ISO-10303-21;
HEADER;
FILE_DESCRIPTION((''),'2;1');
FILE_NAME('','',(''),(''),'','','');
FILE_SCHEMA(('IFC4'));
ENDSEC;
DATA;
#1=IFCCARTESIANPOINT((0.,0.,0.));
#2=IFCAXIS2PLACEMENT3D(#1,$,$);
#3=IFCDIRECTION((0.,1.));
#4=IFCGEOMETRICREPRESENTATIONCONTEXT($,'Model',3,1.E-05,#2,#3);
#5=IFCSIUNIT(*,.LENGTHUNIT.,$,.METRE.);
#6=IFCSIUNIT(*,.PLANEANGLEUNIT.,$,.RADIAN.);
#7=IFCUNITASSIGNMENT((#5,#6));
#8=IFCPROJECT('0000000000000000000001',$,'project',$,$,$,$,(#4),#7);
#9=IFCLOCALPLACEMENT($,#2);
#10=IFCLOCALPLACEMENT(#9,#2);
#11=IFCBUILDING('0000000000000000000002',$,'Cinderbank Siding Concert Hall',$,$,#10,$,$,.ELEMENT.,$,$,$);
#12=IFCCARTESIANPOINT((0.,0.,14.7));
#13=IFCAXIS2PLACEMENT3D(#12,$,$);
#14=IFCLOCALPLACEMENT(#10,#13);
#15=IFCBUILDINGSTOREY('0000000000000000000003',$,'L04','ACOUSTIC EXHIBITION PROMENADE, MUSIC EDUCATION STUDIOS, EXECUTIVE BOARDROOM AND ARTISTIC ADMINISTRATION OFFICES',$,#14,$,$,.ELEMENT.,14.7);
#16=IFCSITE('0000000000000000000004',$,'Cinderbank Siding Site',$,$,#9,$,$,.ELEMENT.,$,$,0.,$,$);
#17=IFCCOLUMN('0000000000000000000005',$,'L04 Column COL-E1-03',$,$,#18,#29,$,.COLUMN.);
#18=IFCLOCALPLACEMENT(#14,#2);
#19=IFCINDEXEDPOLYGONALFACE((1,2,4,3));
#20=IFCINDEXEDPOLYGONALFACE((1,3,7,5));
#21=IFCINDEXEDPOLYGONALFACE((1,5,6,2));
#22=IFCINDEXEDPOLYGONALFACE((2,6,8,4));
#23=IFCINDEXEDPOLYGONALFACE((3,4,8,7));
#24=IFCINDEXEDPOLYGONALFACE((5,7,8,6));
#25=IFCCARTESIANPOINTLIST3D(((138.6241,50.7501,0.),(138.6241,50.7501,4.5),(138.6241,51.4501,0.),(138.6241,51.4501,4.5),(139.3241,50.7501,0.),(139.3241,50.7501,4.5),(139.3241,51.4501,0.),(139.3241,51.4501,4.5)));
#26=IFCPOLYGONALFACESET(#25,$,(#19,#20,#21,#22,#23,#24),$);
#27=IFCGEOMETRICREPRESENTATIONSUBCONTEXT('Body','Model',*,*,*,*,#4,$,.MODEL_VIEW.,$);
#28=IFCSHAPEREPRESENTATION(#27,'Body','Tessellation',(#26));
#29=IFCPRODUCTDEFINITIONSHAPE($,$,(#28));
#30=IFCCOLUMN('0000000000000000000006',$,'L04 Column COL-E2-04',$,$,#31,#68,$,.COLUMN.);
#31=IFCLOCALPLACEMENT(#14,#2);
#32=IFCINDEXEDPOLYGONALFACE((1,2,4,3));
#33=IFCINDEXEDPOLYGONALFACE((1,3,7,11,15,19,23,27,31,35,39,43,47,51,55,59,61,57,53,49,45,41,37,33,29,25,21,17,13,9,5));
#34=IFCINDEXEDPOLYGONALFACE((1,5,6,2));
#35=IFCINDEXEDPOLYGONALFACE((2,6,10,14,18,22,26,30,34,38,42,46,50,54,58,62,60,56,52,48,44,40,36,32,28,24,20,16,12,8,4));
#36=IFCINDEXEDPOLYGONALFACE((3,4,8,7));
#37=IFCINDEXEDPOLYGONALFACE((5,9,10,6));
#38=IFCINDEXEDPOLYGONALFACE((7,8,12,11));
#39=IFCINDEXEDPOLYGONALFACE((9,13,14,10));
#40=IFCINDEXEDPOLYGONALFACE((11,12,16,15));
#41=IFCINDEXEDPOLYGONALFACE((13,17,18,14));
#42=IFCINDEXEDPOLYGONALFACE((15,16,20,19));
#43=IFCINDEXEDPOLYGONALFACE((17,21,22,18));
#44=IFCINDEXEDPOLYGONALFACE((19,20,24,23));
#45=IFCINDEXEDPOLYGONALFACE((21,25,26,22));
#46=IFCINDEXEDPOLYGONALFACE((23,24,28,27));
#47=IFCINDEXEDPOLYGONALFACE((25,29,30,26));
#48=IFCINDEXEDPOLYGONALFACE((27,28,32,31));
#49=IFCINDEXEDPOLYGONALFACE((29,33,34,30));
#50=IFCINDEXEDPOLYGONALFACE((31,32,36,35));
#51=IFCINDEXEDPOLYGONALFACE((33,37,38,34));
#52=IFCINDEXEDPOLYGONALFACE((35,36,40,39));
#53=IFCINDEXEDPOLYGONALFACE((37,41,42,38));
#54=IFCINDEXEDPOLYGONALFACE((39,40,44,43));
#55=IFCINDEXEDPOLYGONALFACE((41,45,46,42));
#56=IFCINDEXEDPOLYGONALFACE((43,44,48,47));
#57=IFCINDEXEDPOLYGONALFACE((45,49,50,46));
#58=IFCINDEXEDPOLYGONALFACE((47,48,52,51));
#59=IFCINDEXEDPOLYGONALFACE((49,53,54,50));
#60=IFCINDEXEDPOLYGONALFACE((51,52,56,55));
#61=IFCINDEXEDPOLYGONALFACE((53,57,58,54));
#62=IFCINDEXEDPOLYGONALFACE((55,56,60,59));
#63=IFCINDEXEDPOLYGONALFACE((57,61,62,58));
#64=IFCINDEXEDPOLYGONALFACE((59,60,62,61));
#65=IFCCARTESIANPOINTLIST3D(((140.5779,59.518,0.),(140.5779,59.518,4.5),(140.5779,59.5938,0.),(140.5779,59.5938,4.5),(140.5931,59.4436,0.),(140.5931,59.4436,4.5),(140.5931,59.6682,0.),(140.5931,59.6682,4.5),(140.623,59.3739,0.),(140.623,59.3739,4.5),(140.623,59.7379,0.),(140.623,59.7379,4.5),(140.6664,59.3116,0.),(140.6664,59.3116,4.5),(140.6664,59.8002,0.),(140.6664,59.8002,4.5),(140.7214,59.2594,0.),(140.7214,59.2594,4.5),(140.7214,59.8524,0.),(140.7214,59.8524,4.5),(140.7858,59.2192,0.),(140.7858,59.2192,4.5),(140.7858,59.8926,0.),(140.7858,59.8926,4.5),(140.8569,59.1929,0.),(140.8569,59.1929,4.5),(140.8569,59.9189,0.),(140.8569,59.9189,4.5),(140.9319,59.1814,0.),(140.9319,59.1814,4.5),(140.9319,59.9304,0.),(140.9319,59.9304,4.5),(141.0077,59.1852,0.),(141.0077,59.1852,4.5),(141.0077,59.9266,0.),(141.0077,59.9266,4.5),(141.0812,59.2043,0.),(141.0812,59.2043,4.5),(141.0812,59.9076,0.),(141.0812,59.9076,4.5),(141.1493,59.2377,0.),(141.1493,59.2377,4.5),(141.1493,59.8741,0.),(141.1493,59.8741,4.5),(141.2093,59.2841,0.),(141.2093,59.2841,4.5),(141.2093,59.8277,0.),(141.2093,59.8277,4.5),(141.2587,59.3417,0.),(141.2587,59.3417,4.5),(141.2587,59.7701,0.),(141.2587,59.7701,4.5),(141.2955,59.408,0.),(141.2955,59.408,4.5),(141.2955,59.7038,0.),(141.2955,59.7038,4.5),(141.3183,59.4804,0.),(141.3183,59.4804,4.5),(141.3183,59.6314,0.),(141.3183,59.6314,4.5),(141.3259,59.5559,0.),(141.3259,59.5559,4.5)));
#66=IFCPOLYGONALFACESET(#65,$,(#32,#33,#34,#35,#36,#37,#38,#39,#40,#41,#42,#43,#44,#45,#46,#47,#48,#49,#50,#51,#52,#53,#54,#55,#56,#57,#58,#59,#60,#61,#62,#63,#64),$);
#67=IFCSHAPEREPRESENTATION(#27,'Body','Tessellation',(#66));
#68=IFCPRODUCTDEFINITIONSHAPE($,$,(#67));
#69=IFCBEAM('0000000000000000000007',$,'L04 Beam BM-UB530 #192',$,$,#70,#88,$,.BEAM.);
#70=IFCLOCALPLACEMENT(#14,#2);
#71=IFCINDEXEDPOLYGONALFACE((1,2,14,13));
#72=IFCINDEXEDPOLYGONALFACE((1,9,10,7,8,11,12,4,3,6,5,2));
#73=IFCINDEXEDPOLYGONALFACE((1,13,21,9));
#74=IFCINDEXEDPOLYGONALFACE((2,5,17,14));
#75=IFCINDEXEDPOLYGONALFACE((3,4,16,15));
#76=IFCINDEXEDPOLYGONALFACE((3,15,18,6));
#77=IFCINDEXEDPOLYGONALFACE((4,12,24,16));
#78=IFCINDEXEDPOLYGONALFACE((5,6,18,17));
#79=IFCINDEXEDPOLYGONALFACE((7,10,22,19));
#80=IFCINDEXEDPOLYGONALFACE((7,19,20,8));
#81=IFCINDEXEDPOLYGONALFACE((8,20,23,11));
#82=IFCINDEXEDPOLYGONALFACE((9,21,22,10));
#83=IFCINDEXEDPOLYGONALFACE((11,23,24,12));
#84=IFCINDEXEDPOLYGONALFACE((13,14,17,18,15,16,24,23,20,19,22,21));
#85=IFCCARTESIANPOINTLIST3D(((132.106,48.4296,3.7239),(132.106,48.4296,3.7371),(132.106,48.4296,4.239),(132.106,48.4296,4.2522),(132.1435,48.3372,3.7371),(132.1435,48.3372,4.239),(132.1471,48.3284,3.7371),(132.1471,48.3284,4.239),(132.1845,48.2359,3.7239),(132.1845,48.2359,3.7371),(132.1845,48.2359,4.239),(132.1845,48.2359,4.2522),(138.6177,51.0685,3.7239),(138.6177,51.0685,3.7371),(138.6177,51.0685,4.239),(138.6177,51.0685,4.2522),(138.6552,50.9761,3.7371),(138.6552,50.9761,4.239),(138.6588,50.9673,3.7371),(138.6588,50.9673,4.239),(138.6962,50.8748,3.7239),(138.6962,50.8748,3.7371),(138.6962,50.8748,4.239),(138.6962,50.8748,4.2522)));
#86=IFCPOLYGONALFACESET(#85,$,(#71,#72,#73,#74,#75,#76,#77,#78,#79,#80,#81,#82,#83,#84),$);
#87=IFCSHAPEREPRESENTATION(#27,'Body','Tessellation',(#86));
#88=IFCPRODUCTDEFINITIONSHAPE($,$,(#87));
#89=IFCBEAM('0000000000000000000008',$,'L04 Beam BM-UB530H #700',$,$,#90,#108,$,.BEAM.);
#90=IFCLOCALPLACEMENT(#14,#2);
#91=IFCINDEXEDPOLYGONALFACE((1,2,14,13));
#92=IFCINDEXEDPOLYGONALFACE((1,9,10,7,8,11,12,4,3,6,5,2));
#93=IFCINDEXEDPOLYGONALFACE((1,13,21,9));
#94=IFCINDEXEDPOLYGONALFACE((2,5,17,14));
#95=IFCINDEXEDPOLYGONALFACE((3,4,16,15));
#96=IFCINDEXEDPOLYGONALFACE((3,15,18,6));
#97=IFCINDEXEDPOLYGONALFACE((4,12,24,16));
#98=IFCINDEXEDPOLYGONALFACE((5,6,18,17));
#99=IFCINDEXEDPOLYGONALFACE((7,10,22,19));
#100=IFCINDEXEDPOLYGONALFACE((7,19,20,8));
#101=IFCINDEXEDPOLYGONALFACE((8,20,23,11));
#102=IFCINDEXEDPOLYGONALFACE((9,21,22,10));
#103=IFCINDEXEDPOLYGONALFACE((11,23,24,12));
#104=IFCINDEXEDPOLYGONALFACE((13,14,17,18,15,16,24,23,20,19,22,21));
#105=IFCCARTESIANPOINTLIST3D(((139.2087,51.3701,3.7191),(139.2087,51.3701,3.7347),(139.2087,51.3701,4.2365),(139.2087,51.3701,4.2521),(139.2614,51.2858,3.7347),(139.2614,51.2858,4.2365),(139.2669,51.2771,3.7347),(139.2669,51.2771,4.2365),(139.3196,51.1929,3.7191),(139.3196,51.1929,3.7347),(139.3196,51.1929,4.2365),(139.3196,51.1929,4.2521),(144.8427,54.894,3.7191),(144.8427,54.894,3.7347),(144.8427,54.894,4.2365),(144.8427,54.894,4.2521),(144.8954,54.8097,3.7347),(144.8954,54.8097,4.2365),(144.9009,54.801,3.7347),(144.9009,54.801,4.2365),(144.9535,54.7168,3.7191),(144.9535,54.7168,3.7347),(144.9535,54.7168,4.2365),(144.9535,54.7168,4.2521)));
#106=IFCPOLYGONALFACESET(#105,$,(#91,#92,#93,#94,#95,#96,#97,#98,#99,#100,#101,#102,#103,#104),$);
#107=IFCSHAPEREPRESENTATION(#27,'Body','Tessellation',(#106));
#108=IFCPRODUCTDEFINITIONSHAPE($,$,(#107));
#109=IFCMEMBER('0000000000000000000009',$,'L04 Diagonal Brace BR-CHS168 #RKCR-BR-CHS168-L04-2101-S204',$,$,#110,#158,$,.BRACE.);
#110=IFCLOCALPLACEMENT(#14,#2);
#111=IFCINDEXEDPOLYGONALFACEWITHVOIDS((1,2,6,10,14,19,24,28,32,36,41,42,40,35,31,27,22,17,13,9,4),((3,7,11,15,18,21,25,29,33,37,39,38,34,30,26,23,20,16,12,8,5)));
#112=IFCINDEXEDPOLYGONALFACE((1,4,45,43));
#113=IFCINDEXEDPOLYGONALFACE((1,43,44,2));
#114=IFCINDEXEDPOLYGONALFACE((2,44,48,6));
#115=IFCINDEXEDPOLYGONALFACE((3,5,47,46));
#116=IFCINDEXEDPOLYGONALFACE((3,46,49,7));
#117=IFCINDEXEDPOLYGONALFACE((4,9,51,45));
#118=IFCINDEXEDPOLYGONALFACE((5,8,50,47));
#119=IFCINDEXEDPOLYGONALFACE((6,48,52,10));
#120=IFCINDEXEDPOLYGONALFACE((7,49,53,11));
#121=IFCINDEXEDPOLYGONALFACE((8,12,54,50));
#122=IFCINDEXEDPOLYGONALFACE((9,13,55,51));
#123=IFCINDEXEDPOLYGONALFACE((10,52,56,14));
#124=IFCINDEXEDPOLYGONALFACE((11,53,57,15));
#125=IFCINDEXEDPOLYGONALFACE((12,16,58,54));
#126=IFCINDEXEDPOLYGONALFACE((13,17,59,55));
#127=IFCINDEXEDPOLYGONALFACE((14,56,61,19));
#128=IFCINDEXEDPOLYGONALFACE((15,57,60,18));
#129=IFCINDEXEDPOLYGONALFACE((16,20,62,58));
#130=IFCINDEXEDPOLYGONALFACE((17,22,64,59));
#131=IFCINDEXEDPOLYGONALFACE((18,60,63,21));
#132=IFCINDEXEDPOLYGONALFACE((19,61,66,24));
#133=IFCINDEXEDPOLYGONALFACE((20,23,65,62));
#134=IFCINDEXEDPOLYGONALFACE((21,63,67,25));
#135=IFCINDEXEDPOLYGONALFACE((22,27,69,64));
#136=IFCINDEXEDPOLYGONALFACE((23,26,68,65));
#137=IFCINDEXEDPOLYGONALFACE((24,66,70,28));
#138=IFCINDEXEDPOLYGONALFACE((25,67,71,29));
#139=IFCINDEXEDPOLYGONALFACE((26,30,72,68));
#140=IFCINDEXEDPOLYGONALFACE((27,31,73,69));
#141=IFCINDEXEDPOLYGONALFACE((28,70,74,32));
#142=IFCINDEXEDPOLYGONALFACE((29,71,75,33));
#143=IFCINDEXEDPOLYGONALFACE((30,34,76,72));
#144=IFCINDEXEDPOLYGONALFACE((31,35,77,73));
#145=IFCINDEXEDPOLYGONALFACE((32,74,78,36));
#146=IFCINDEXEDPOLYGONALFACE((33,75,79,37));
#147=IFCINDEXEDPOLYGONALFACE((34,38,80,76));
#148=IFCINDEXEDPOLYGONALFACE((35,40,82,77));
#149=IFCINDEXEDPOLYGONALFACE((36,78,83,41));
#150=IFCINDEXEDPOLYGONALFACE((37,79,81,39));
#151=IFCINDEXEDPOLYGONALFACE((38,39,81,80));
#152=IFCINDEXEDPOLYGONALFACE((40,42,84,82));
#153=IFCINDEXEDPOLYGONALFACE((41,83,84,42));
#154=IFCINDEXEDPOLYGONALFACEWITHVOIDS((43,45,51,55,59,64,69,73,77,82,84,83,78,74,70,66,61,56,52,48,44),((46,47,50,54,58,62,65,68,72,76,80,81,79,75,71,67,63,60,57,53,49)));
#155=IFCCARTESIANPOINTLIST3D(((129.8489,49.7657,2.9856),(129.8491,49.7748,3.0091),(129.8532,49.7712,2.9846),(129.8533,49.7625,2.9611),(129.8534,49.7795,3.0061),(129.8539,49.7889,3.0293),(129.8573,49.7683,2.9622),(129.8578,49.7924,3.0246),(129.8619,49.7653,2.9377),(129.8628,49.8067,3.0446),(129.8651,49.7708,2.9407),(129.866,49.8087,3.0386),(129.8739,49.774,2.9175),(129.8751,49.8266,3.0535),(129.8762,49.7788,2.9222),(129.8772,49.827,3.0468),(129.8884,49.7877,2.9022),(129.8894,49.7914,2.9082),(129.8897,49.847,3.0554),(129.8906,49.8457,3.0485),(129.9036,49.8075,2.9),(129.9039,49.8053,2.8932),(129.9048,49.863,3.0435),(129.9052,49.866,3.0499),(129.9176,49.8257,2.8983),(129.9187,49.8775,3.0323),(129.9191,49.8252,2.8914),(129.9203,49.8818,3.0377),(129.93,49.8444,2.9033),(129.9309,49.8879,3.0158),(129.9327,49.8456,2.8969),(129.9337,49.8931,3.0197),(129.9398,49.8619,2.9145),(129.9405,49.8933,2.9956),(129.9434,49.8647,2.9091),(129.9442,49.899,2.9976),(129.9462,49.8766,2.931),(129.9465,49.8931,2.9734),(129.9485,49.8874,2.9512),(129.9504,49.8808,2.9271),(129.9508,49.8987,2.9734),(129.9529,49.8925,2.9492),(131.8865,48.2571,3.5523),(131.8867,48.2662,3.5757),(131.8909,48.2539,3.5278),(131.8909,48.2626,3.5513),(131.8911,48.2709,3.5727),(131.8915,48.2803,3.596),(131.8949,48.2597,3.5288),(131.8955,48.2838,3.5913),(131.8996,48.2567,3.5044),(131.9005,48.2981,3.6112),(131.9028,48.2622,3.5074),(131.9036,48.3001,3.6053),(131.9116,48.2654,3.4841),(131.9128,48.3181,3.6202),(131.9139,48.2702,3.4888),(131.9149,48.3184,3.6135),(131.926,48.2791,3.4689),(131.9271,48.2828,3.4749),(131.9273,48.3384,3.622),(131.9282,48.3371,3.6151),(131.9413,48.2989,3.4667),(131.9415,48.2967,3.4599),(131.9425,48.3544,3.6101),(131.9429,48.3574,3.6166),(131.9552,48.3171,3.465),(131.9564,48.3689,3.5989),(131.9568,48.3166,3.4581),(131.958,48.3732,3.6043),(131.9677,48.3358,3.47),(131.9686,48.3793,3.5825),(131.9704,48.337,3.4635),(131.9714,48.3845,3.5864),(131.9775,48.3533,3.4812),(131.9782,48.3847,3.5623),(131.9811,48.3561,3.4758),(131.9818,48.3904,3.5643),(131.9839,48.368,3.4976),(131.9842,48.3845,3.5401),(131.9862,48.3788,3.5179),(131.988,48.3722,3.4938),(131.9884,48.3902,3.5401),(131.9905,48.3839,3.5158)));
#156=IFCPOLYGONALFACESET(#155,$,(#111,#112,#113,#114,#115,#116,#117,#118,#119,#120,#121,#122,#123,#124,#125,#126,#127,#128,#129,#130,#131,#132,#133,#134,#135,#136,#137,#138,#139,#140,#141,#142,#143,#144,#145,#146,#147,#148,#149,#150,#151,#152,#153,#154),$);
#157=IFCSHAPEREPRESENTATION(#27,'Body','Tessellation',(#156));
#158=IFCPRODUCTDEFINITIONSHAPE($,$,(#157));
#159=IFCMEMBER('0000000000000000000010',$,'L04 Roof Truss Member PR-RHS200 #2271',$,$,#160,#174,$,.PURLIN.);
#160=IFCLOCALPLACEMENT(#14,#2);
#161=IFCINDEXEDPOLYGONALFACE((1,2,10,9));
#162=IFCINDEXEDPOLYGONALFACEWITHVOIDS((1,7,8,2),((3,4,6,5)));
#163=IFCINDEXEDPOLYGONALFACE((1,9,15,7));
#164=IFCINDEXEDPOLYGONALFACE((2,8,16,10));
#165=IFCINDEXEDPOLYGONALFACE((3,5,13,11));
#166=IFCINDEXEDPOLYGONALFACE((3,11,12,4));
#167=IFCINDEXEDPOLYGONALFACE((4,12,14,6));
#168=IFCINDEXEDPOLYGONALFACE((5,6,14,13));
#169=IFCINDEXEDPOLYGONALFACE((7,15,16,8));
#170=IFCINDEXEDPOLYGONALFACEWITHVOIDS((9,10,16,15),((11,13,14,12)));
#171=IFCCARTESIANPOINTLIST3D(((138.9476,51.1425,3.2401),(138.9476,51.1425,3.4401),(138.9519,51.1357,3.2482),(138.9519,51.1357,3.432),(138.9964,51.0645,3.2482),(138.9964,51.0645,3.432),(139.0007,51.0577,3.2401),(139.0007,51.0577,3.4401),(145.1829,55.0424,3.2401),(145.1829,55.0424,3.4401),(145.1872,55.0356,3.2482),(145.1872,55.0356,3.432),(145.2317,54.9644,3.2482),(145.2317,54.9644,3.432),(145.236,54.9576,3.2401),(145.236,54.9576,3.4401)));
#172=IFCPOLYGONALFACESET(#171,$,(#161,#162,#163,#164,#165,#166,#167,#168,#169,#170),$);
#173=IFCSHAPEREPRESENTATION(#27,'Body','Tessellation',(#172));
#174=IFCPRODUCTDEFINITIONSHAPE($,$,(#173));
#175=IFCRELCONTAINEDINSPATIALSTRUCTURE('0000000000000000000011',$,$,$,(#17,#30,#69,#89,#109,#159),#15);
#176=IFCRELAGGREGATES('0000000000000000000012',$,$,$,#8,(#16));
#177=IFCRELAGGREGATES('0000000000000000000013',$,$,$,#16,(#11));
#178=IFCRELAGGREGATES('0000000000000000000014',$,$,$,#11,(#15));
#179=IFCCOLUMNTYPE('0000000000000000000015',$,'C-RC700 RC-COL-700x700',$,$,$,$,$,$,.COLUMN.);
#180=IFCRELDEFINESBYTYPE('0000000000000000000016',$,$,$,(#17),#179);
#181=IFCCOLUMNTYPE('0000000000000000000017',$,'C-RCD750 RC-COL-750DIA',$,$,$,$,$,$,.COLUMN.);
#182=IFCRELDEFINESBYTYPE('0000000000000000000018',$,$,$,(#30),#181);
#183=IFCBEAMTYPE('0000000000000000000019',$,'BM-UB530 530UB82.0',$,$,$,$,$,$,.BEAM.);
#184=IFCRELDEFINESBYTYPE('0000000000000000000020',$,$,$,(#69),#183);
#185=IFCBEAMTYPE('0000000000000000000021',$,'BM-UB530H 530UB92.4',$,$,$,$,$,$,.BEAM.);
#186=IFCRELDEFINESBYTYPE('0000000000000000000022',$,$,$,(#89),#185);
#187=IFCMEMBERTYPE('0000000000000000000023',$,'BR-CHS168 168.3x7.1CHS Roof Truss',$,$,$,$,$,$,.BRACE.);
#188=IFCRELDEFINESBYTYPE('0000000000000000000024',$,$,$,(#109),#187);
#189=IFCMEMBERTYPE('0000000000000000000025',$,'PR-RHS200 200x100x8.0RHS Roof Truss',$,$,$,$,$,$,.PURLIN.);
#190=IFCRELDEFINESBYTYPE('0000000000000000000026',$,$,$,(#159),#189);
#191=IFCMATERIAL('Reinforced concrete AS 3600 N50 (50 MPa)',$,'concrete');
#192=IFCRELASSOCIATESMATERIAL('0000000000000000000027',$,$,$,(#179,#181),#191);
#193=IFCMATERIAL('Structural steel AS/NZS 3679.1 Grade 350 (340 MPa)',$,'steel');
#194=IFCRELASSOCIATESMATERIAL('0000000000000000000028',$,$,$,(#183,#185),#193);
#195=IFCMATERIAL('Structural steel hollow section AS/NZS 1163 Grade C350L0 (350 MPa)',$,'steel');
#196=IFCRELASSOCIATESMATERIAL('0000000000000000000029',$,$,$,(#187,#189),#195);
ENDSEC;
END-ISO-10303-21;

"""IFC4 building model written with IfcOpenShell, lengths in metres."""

from ifc_helpers import new_model, si_unit, direction, frame, origin, origin_2d, place, context, subcontext, project, spatial, rectangle, hollow_rectangle, circle, hollow_circle, i_section, extrude, material, material_profile, profile_set, type_object, element, save


model = new_model("IFC4")

# Units and contexts
model_context = context("Model", 3, precision=1e-05, world=origin(), true_north=direction((0.0, 1.0)))
body_context = subcontext(model_context, "Body", "Model", "MODEL_VIEW")
ifc_project = project(units=[si_unit("LENGTHUNIT", "METRE"), si_unit("PLANEANGLEUNIT", "RADIAN")], contexts=[model_context])

# Site, building, storey
site_placement = place(None, origin())
site = spatial("IfcSite", under=ifc_project, at=site_placement, Name="Cinderbank Siding Site", CompositionType="ELEMENT", RefElevation=0.0)
building_placement = place(site_placement, origin())
building = spatial("IfcBuilding", under=site, at=building_placement, Name="Cinderbank Siding Concert Hall", CompositionType="ELEMENT")
storey_placement = place(building_placement, frame((0.0, 0.0, 14.7)))
storey = spatial("IfcBuildingStorey", under=building, at=storey_placement, Name="L04", Description="ACOUSTIC EXHIBITION PROMENADE, MUSIC EDUCATION STUDIOS, EXECUTIVE BOARDROOM AND ARTISTIC ADMINISTRATION OFFICES", CompositionType="ELEMENT", Elevation=14.7)

# Columns
ifc_material_1 = material(Name="Reinforced concrete AS 3600 N50 (50 MPa)", Category="concrete")
ifc_material_profile_1 = material_profile(ifc_material_1, rectangle(XDim=0.7, YDim=0.7, at=origin_2d()), Name="RC-COL-700x700", Category="LoadBearing")
ifc_profile_set_1 = profile_set([ifc_material_profile_1], Name="Reinforced concrete AS 3600 N50 (50 MPa)")
column_type_1 = type_object("IfcColumnType", Name="C-RC700 RC-COL-700x700", PredefinedType="COLUMN", material=ifc_profile_set_1)
column_1_placement = place(storey_placement, frame((138.9741, 51.1001, 0.0), z_axis=(0.0, 0.0, 1.0), x_axis=(1.0, 0.0, 0.0)))
element("IfcColumn", 1, at=column_1_placement, inside=storey, type_object=column_type_1, Name="L04 Column COL-E1-03", PredefinedType="COLUMN", context=body_context, shape_type="SweptSolid", body=[
    extrude(rectangle(XDim=0.7, YDim=0.7, at=origin_2d()), origin(), (0.0, 0.0, 1.0), 4.5),
])
ifc_material_profile_2 = material_profile(ifc_material_1, circle(Radius=0.375, at=origin_2d()), Name="RC-COL-750DIA", Category="LoadBearing")
ifc_profile_set_2 = profile_set([ifc_material_profile_2], Name="Reinforced concrete AS 3600 N50 (50 MPa)")
column_type_2 = type_object("IfcColumnType", Name="C-RCD750 RC-COL-750DIA", PredefinedType="COLUMN", material=ifc_profile_set_2)
column_2_placement = place(storey_placement, frame((140.9509, 59.5559, 0.0), z_axis=(0.0, 0.0, 1.0), x_axis=(1.0, 0.0, 0.0)))
element("IfcColumn", 2, at=column_2_placement, inside=storey, type_object=column_type_2, Name="L04 Column COL-E2-04", PredefinedType="COLUMN", context=body_context, shape_type="SweptSolid", body=[
    extrude(circle(Radius=0.375, at=origin_2d()), origin(), (0.0, 0.0, 1.0), 4.5),
])

# Beams
ifc_material_2 = material(Name="Structural steel AS/NZS 3679.1 Grade 350 (340 MPa)", Category="steel")
ifc_material_profile_3 = material_profile(ifc_material_2, i_section(OverallWidth=0.209, OverallDepth=0.5283, WebThickness=0.0095, FlangeThickness=0.0132, at=origin_2d()), Name="530UB82.0", Category="LoadBearing")
ifc_profile_set_3 = profile_set([ifc_material_profile_3], Name="Structural steel AS/NZS 3679.1 Grade 350 (340 MPa)")
beam_type_1 = type_object("IfcBeamType", Name="BM-UB530 530UB82.0", PredefinedType="BEAM", material=ifc_profile_set_3)
beam_1_placement = place(storey_placement, frame((132.1453, 48.3328, 3.988), z_axis=(0.926787, 0.375587, 0.0), x_axis=(-0.375587, 0.926787, 0.0)))
element("IfcBeam", 3, at=beam_1_placement, inside=storey, type_object=beam_type_1, Name="L04 Beam BM-UB530 #192", PredefinedType="BEAM", context=body_context, shape_type="SweptSolid", body=[
    extrude(i_section(OverallWidth=0.209, OverallDepth=0.5283, WebThickness=0.0095, FlangeThickness=0.0132, at=origin_2d()), origin(), (0.0, 0.0, 1.0), 7.0261),
])
ifc_material_profile_4 = material_profile(ifc_material_2, i_section(OverallWidth=0.209, OverallDepth=0.533, WebThickness=0.0103, FlangeThickness=0.0156, at=origin_2d()), Name="530UB92.4", Category="LoadBearing")
ifc_profile_set_4 = profile_set([ifc_material_profile_4], Name="Structural steel AS/NZS 3679.1 Grade 350 (340 MPa)")
beam_type_2 = type_object("IfcBeamType", Name="BM-UB530H 530UB92.4", PredefinedType="BEAM", material=ifc_profile_set_4)
beam_2_placement = place(storey_placement, frame((139.2642, 51.2815, 3.9856), z_axis=(0.847819, 0.530286, 0.0), x_axis=(-0.530286, 0.847819, 0.0)))
element("IfcBeam", 4, at=beam_2_placement, inside=storey, type_object=beam_type_2, Name="L04 Beam BM-UB530H #700", PredefinedType="BEAM", context=body_context, shape_type="SweptSolid", body=[
    extrude(i_section(OverallWidth=0.209, OverallDepth=0.533, WebThickness=0.0103, FlangeThickness=0.0156, at=origin_2d()), origin(), (0.0, 0.0, 1.0), 6.6453),
])

# Members
ifc_material_3 = material(Name="Structural steel hollow section AS/NZS 1163 Grade C350L0 (350 MPa)", Category="steel")
ifc_material_profile_5 = material_profile(ifc_material_3, hollow_circle(Radius=0.0842, WallThickness=0.0071, at=origin_2d()), Name="168.3x7.1CHS", Category="LoadBearing")
ifc_profile_set_5 = profile_set([ifc_material_profile_5], Name="Structural steel hollow section AS/NZS 1163 Grade C350L0 (350 MPa)")
member_type_1 = type_object("IfcMemberType", Name="BR-CHS168 168.3x7.1CHS Roof Truss", PredefinedType="BRACE", material=ifc_profile_set_5)
member_1_placement = place(storey_placement, frame((129.9006, 49.8311, 2.9734), z_axis=(0.784353, -0.580699, 0.218126), x_axis=(0.595027, 0.803706, 0.0)))
element("IfcMember", 5, at=member_1_placement, inside=storey, type_object=member_type_1, Name="L04 Diagonal Brace BR-CHS168 #RKCR-BR-CHS168-L04-2101-S204", PredefinedType="BRACE", context=body_context, shape_type="SweptSolid", body=[
    extrude(hollow_circle(Radius=0.0842, WallThickness=0.0071, at=origin_2d()), origin(), (0.0, 0.0, 1.0), 2.5979),
])
ifc_material_profile_6 = material_profile(ifc_material_3, hollow_rectangle(XDim=0.1001, YDim=0.2, WallThickness=0.0081, at=origin_2d()), Name="200x100x8.0RHS", Category="LoadBearing")
ifc_profile_set_6 = profile_set([ifc_material_profile_6], Name="Structural steel hollow section AS/NZS 1163 Grade C350L0 (350 MPa)")
member_type_2 = type_object("IfcMemberType", Name="PR-RHS200 200x100x8.0RHS Roof Truss", PredefinedType="PURLIN", material=ifc_profile_set_6)
member_2_placement = place(storey_placement, frame((138.9741, 51.1001, 3.3401), z_axis=(0.847827, 0.530273, 0.0), x_axis=(-0.530273, 0.847827, 0.0)))
element("IfcMember", 6, at=member_2_placement, inside=storey, type_object=member_type_2, Name="L04 Roof Truss Member PR-RHS200 #2271", PredefinedType="PURLIN", context=body_context, shape_type="SweptSolid", body=[
    extrude(hollow_rectangle(XDim=0.1001, YDim=0.2, WallThickness=0.0081, at=origin_2d()), origin(), (0.0, 0.0, 1.0), 7.3545),
])

save(model, "model.ifc")
